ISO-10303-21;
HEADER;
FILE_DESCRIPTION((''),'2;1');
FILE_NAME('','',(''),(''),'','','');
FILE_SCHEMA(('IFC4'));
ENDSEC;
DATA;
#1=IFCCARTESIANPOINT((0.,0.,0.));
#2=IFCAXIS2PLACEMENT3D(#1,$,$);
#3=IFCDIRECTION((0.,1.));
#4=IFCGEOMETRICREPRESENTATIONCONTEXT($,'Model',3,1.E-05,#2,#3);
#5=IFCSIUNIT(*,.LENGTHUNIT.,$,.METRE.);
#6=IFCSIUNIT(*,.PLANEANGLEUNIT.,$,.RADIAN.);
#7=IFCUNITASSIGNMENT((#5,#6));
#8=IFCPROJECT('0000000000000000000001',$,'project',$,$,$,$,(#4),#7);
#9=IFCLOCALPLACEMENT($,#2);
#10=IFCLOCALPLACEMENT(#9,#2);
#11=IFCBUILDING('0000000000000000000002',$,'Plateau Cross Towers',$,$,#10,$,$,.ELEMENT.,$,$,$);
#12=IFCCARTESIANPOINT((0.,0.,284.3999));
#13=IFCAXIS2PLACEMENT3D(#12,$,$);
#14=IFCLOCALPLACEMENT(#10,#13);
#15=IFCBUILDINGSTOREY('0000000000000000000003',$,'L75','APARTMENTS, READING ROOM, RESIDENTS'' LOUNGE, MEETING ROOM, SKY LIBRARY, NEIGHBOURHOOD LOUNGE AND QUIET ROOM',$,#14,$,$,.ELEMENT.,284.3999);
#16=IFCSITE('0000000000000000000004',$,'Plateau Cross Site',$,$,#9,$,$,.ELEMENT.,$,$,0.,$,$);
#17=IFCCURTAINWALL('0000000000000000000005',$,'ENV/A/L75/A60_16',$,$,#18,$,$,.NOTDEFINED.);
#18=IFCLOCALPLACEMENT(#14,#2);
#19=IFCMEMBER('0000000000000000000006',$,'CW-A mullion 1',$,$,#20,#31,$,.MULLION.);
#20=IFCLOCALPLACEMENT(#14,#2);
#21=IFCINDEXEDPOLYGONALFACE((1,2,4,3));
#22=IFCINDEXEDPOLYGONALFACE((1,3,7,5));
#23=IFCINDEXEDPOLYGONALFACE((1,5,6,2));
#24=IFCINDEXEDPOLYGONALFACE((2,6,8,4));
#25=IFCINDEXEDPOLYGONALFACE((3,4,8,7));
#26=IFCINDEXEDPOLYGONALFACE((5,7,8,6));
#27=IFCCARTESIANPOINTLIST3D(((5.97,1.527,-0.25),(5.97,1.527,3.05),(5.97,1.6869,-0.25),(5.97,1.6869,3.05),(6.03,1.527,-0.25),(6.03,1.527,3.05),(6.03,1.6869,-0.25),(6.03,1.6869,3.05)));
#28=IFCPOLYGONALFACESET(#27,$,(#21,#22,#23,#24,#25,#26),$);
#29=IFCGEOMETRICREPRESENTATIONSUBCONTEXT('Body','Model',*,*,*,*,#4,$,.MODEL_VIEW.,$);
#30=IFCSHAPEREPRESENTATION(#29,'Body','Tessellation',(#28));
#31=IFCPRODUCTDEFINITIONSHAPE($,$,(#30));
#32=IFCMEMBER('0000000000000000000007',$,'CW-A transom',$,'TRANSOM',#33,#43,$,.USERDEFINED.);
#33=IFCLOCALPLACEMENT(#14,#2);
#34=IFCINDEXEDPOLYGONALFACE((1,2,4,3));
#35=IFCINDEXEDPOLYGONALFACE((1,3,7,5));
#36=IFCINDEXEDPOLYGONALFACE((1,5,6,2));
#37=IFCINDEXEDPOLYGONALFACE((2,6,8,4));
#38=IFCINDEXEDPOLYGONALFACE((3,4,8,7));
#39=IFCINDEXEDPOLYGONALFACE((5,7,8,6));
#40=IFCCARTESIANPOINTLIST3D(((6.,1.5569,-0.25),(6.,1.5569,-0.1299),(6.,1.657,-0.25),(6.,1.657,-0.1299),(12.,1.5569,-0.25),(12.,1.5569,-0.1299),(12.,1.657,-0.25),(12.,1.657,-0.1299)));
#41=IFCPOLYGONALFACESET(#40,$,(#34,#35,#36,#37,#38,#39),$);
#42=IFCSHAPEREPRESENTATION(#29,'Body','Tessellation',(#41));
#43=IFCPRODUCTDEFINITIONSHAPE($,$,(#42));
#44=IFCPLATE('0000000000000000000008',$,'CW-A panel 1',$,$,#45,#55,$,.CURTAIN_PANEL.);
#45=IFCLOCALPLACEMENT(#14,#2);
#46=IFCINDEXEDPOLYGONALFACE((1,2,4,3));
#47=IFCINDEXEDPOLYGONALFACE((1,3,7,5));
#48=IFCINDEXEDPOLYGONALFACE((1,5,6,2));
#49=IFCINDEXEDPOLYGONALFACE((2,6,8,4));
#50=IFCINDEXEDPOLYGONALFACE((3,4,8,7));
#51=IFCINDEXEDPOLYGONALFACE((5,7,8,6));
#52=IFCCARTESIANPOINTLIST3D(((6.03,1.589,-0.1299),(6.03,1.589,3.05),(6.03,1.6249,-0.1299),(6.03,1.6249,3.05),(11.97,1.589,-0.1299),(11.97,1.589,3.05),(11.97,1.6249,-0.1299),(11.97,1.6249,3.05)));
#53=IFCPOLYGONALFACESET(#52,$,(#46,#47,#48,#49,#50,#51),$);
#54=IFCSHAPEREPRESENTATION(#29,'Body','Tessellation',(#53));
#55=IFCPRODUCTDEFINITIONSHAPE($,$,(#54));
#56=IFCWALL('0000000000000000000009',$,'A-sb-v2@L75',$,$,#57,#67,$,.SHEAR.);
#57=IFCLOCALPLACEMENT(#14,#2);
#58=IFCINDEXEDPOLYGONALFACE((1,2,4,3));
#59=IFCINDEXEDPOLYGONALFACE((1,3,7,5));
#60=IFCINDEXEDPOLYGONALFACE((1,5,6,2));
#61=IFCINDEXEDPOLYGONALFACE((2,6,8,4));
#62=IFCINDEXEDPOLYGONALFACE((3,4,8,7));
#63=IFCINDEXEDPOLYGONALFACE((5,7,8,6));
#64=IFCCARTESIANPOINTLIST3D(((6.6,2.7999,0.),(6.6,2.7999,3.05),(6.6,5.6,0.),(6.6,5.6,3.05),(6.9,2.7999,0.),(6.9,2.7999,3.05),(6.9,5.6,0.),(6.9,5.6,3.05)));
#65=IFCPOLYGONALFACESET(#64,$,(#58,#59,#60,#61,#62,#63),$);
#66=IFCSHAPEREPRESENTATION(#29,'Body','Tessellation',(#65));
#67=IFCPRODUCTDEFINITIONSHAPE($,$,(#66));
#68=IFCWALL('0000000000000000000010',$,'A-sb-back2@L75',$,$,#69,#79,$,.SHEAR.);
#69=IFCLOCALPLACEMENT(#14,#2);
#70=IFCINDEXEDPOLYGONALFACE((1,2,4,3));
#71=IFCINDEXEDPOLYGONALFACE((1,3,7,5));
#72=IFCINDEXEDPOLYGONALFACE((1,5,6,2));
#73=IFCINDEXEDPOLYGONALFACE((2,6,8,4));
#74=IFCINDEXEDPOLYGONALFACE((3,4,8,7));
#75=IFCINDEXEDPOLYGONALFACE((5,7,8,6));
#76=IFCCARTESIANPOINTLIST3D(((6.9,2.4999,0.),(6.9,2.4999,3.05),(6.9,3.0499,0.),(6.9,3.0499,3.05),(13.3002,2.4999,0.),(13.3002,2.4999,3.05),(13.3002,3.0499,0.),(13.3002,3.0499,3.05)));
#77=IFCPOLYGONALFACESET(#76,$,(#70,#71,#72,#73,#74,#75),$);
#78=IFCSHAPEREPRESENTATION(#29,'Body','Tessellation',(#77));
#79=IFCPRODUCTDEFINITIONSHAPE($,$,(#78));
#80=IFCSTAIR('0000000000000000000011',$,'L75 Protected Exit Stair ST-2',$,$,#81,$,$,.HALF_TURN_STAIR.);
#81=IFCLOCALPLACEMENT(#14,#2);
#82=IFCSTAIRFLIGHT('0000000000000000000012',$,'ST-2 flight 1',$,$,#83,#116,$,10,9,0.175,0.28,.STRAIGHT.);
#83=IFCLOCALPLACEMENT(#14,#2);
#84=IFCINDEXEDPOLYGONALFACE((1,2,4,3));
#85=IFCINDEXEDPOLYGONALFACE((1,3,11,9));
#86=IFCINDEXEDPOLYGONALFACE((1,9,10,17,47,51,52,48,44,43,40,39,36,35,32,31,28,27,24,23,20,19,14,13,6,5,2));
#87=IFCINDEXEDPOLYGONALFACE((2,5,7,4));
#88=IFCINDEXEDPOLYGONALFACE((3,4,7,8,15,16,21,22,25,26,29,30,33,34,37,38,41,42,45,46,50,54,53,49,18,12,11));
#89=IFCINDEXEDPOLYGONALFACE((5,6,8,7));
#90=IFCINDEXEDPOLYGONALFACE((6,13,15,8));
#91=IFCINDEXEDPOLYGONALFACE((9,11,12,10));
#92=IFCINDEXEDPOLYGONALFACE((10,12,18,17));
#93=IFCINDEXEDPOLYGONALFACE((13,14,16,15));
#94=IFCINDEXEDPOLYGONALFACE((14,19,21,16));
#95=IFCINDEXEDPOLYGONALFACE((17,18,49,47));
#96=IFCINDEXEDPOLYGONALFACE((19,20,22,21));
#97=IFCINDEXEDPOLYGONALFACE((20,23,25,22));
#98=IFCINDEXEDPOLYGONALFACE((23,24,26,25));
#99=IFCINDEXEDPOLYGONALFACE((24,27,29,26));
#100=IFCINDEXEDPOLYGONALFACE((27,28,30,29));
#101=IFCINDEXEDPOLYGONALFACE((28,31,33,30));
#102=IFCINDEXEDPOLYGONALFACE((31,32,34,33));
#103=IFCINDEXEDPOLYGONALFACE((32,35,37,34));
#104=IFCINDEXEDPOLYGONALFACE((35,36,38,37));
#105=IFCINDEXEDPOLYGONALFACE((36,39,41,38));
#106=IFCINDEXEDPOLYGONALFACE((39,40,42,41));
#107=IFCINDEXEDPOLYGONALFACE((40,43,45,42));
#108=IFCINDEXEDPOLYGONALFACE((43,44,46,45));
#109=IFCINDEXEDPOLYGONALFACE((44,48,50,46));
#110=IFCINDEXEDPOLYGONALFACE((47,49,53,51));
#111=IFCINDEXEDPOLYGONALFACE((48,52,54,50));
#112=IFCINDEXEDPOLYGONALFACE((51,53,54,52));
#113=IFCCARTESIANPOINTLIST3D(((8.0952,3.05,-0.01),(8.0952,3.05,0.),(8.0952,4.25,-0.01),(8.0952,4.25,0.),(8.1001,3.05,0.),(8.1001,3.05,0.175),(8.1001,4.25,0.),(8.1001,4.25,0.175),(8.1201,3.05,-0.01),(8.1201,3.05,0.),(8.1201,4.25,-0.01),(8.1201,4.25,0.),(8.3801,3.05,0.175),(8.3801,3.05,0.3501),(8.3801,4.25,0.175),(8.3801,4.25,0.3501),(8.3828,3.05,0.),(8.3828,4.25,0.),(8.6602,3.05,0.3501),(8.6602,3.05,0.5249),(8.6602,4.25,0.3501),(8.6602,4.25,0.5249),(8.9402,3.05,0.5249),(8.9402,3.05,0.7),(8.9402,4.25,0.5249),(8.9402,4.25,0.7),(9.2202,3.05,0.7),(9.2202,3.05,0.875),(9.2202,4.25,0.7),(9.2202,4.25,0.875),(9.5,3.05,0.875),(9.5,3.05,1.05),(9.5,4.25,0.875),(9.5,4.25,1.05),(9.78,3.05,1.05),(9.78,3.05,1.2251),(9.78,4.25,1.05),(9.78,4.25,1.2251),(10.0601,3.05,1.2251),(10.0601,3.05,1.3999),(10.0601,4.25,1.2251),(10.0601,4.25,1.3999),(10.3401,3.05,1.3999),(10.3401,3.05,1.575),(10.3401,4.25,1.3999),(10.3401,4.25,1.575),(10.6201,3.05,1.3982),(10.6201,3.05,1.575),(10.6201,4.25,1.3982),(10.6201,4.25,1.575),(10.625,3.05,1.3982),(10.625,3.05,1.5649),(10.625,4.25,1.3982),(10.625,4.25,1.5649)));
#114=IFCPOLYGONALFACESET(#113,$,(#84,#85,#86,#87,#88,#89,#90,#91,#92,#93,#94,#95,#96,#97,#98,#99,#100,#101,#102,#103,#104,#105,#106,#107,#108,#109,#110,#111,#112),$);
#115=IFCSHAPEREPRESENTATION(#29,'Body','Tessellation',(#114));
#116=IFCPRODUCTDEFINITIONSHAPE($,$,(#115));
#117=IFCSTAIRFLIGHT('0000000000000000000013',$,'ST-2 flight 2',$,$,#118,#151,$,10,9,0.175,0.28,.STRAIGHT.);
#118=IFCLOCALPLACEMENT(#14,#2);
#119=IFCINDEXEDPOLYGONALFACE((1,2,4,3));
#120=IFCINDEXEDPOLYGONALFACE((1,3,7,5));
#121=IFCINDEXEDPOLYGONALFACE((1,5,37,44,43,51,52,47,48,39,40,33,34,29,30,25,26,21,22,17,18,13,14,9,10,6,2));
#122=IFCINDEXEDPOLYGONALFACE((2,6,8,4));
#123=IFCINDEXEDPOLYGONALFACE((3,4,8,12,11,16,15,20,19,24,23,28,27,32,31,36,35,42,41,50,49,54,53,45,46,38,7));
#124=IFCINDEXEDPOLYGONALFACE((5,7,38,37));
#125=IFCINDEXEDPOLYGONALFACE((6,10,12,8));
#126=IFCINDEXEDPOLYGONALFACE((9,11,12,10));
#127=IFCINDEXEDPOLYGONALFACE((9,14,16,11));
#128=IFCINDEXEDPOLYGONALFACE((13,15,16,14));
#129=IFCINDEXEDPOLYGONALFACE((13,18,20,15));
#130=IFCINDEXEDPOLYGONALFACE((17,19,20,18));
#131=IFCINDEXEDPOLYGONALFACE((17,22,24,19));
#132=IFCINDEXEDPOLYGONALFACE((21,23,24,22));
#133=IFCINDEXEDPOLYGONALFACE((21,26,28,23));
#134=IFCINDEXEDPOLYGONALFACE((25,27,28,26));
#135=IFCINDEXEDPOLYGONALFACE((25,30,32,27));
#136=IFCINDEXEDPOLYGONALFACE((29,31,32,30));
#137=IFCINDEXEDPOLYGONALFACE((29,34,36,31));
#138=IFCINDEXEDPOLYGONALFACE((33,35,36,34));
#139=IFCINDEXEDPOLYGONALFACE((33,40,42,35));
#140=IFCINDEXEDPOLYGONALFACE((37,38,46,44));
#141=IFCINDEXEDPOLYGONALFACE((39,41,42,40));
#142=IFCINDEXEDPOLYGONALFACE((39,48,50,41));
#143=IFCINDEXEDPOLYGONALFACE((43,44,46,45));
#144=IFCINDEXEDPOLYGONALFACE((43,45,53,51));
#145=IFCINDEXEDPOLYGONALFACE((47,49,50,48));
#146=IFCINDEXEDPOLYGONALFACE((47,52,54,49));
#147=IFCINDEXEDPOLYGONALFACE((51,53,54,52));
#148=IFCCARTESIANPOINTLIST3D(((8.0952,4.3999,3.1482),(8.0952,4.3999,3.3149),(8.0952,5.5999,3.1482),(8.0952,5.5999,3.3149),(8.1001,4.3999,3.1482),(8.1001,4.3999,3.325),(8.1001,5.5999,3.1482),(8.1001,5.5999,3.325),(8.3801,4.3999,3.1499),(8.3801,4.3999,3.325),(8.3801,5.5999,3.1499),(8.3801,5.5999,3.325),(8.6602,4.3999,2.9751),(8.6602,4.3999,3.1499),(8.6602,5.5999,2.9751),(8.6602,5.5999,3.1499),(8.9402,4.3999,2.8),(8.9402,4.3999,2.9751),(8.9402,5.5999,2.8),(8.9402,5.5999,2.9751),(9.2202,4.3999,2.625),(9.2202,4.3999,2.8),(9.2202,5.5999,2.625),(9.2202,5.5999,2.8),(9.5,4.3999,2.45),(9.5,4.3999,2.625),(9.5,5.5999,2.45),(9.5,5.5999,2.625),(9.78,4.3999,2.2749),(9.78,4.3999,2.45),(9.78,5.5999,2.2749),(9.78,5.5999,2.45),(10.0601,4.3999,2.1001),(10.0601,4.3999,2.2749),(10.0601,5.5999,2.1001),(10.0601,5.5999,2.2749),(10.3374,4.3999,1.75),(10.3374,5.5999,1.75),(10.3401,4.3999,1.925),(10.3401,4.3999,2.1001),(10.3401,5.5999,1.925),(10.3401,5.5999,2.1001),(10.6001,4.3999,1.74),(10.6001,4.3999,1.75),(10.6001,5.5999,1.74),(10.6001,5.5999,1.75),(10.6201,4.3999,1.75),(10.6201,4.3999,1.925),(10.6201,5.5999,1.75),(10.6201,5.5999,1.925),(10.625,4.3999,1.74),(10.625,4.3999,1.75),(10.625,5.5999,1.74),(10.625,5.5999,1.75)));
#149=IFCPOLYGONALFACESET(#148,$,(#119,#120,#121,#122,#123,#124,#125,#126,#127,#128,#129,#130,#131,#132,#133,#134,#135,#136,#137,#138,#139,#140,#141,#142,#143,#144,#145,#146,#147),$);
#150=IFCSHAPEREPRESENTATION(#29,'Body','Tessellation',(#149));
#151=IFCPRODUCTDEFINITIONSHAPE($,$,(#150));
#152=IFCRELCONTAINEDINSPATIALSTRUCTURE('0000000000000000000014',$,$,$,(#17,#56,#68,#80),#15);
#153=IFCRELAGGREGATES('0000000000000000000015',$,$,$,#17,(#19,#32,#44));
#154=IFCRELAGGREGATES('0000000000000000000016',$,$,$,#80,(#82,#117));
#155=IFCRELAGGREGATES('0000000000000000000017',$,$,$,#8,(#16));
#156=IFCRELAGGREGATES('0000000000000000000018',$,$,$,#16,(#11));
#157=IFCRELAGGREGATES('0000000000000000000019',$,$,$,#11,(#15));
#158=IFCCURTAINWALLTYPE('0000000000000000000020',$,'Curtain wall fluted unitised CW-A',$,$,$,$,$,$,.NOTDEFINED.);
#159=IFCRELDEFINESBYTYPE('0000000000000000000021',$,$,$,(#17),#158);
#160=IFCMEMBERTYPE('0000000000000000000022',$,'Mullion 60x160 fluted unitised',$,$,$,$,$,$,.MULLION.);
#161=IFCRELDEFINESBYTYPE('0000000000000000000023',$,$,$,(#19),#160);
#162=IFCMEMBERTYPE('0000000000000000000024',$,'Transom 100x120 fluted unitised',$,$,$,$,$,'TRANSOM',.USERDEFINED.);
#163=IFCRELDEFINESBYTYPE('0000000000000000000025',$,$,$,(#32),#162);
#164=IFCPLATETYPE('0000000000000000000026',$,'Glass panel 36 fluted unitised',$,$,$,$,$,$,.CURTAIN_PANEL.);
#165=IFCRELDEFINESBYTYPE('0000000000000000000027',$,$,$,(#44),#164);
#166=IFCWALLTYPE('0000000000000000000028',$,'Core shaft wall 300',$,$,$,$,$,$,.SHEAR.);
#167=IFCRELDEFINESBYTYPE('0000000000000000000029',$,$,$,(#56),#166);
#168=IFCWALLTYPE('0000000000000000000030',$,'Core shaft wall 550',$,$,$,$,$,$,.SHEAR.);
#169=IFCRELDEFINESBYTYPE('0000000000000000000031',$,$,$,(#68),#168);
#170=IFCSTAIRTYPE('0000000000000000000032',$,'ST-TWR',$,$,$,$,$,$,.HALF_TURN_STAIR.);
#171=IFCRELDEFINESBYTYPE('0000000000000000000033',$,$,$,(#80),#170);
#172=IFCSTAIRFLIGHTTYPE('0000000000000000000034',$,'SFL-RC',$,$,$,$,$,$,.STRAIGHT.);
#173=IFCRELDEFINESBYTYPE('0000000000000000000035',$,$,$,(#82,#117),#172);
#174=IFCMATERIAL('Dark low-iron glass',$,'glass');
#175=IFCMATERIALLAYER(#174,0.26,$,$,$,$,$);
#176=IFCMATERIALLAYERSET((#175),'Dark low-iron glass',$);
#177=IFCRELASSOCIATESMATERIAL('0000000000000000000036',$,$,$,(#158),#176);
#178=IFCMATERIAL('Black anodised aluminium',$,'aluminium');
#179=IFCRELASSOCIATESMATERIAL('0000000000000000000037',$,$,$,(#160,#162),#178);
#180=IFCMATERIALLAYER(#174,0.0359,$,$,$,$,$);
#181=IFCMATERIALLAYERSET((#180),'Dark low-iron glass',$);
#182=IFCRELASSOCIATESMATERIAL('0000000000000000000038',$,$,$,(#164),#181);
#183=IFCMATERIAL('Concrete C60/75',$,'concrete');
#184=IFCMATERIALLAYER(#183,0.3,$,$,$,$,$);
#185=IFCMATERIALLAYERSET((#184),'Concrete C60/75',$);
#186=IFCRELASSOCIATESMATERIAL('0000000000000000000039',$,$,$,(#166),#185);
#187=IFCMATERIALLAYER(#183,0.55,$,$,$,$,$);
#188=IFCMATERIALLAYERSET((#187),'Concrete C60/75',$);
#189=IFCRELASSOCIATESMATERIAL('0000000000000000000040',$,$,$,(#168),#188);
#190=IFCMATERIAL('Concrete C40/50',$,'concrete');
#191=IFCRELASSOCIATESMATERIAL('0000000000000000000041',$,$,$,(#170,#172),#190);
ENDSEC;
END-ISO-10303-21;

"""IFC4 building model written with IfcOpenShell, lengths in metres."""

from ifc_helpers import new_model, si_unit, direction, frame, frame_2d, origin, origin_2d, place, context, subcontext, project, spatial, polyline, rectangle, outline, extrude, material, layer, layer_set, material_profile, profile_set, type_object, element, aggregate, save


model = new_model("IFC4")

# Units and contexts
model_context = context("Model", 3, precision=1e-05, world=origin(), true_north=direction((0.0, 1.0)))
body_context = subcontext(model_context, "Body", "Model", "MODEL_VIEW")
ifc_project = project(units=[si_unit("LENGTHUNIT", "METRE"), si_unit("PLANEANGLEUNIT", "RADIAN")], contexts=[model_context])

# Site, building, storey
site_placement = place(None, origin())
site = spatial("IfcSite", under=ifc_project, at=site_placement, Name="Plateau Cross Site", CompositionType="ELEMENT", RefElevation=0.0)
building_placement = place(site_placement, origin())
building = spatial("IfcBuilding", under=site, at=building_placement, Name="Plateau Cross Towers", CompositionType="ELEMENT")
storey_placement = place(building_placement, frame((0.0, 0.0, 284.3999)))
storey = spatial("IfcBuildingStorey", under=building, at=storey_placement, Name="L75", Description="APARTMENTS, READING ROOM, RESIDENTS' LOUNGE, MEETING ROOM, SKY LIBRARY, NEIGHBOURHOOD LOUNGE AND QUIET ROOM", CompositionType="ELEMENT", Elevation=284.3999)

# Curtain wall, members, plate
ifc_material_1 = material(Name="Dark low-iron glass", Category="glass")
ifc_layer_1 = layer(ifc_material_1, 0.26)
ifc_layer_set_1 = layer_set([ifc_layer_1], Name="Dark low-iron glass")
curtain_wall_type = type_object("IfcCurtainWallType", Name="Curtain wall fluted unitised CW-A", PredefinedType="NOTDEFINED", material=ifc_layer_set_1)
curtain_wall_placement = place(storey_placement, origin())
curtain_wall = element("IfcCurtainWall", 1, at=curtain_wall_placement, inside=storey, type_object=curtain_wall_type, Name="ENV/A/L75/A60_16", PredefinedType="NOTDEFINED")
ifc_material_2 = material(Name="Black anodised aluminium", Category="aluminium")
ifc_material_profile_1 = material_profile(ifc_material_2, rectangle(XDim=0.0601, YDim=0.1599, at=origin_2d()), Name="MULLION 60x160")
ifc_profile_set_1 = profile_set([ifc_material_profile_1], Name="Black anodised aluminium")
member_type_1 = type_object("IfcMemberType", Name="Mullion 60x160 fluted unitised", PredefinedType="MULLION", material=ifc_profile_set_1)
member_1_placement = place(storey_placement, frame((6.0, 1.6069, -0.25), z_axis=(0.0, 0.0, 1.0), x_axis=(1.0, 0.0, 0.0)))
member_1 = element("IfcMember", 2, at=member_1_placement, type_object=member_type_1, Name="CW-A mullion 1", PredefinedType="MULLION", context=body_context, shape_type="SweptSolid", body=[
    extrude(rectangle(XDim=0.0601, YDim=0.1599, at=origin_2d()), origin(), (0.0, 0.0, 1.0), 3.3),
])
ifc_material_profile_2 = material_profile(ifc_material_2, rectangle(XDim=0.1001, YDim=0.1201, at=origin_2d()), Name="TRANSOM 100x120")
ifc_profile_set_2 = profile_set([ifc_material_profile_2], Name="Black anodised aluminium")
member_type_2 = type_object("IfcMemberType", Name="Transom 100x120 fluted unitised", ElementType="TRANSOM", PredefinedType="USERDEFINED", material=ifc_profile_set_2)
member_2_placement = place(storey_placement, frame((6.0, 1.6069, -0.1899), z_axis=(1.0, 0.0, 0.0), x_axis=(0.0, 1.0, 0.0)))
member_2 = element("IfcMember", 3, at=member_2_placement, type_object=member_type_2, Name="CW-A transom", ObjectType="TRANSOM", PredefinedType="USERDEFINED", context=body_context, shape_type="SweptSolid", body=[
    extrude(rectangle(XDim=0.1001, YDim=0.1201, at=origin_2d()), origin(), (0.0, 0.0, 1.0), 6.0),
])
ifc_layer_2 = layer(ifc_material_1, 0.0359)
ifc_layer_set_2 = layer_set([ifc_layer_2], Name="Dark low-iron glass")
plate_type = type_object("IfcPlateType", Name="Glass panel 36 fluted unitised", PredefinedType="CURTAIN_PANEL", material=ifc_layer_set_2)
plate_placement = place(storey_placement, frame((9.0, 1.6069, -0.1299), z_axis=(0.0, 0.0, 1.0), x_axis=(1.0, 0.0, 0.0)))
plate = element("IfcPlate", 4, at=plate_placement, type_object=plate_type, Name="CW-A panel 1", PredefinedType="CURTAIN_PANEL", context=body_context, shape_type="SweptSolid", body=[
    extrude(rectangle(XDim=5.9399, YDim=0.0359, at=origin_2d()), origin(), (0.0, 0.0, 1.0), 3.1799),
])
aggregate(curtain_wall, [member_1, member_2, plate])

# Walls
ifc_material_3 = material(Name="Concrete C60/75", Category="concrete")
ifc_layer_3 = layer(ifc_material_3, 0.3)
ifc_layer_set_3 = layer_set([ifc_layer_3], Name="Concrete C60/75")
wall_type_1 = type_object("IfcWallType", Name="Core shaft wall 300", PredefinedType="SHEAR", material=ifc_layer_set_3)
wall_1_placement = place(storey_placement, frame((6.75, 2.8, 0.0), z_axis=(0.0, 0.0, 1.0), x_axis=(0.0, 1.0, 0.0)))
element("IfcWall", 5, at=wall_1_placement, inside=storey, type_object=wall_type_1, Name="A-sb-v2@L75", PredefinedType="SHEAR", context=body_context, shape_type="SweptSolid", body=[
    extrude(rectangle(XDim=2.8, YDim=0.3, at=frame_2d((1.3999, 0.0))), origin(), (0.0, 0.0, 1.0), 3.05),
])
ifc_layer_4 = layer(ifc_material_3, 0.55)
ifc_layer_set_4 = layer_set([ifc_layer_4], Name="Concrete C60/75")
wall_type_2 = type_object("IfcWallType", Name="Core shaft wall 550", PredefinedType="SHEAR", material=ifc_layer_set_4)
wall_2_placement = place(storey_placement, frame((6.8999, 2.7749, 0.0), z_axis=(0.0, 0.0, 1.0), x_axis=(1.0, 0.0, 0.0)))
element("IfcWall", 6, at=wall_2_placement, inside=storey, type_object=wall_type_2, Name="A-sb-back2@L75", PredefinedType="SHEAR", context=body_context, shape_type="SweptSolid", body=[
    extrude(rectangle(XDim=6.4001, YDim=0.55, at=frame_2d((3.2002, 0.0))), origin(), (0.0, 0.0, 1.0), 3.05),
])

# Stair, stair flights
ifc_material_4 = material(Name="Concrete C40/50", Category="concrete")
stair_type = type_object("IfcStairType", Name="ST-TWR", PredefinedType="HALF_TURN_STAIR", material=ifc_material_4)
stair_placement = place(storey_placement, origin())
stair = element("IfcStair", 7, at=stair_placement, inside=storey, type_object=stair_type, Name="L75 Protected Exit Stair ST-2", PredefinedType="HALF_TURN_STAIR")
stair_flight_type = type_object("IfcStairFlightType", Name="SFL-RC", PredefinedType="STRAIGHT", material=ifc_material_4)
stair_flight_1_placement = place(storey_placement, frame((8.1001, 3.6499, 0.0), z_axis=(0.0, 0.0, 1.0), x_axis=(1.0, 0.0, 0.0)))
stair_flight_1 = element("IfcStairFlight", 8, at=stair_flight_1_placement, type_object=stair_flight_type, Name="ST-2 flight 1", NumberOfRisers=10, NumberOfTreads=9, PredefinedType="STRAIGHT", RiserHeight=0.175, TreadLength=0.28, context=body_context, shape_type="SweptSolid", body=[
    extrude(outline(polyline([(-0.0049, -0.01), (-0.0049, 0.0), (0.0, 0.0), (0.0, 0.175), (0.28, 0.175), (0.28, 0.3501), (0.5601, 0.3501), (0.5601, 0.5249), (0.8401, 0.5249), (0.8401, 0.7), (1.1201, 0.7), (1.1201, 0.875), (1.3999, 0.875), (1.3999, 1.05), (1.6799, 1.05), (1.6799, 1.2251), (1.96, 1.2251), (1.96, 1.3999), (2.24, 1.3999), (2.24, 1.575), (2.52, 1.575), (2.5249, 1.5649), (2.5249, 1.3982), (2.52, 1.3982), (0.2827, 0.0), (0.02, 0.0), (0.02, -0.01), (-0.0049, -0.01)])), frame((0.0, 0.6001, 0.0), z_axis=(0.0, -1.0, 0.0), x_axis=(1.0, 0.0, 0.0)), (0.0, 0.0, 1.0), 1.2),
])
stair_flight_2_placement = place(storey_placement, frame((10.6201, 5.0, 1.75), z_axis=(0.0, 0.0, 1.0), x_axis=(-1.0, 0.0, 0.0)))
stair_flight_2 = element("IfcStairFlight", 9, at=stair_flight_2_placement, type_object=stair_flight_type, Name="ST-2 flight 2", NumberOfRisers=10, NumberOfTreads=9, PredefinedType="STRAIGHT", RiserHeight=0.175, TreadLength=0.28, context=body_context, shape_type="SweptSolid", body=[
    extrude(outline(polyline([(-0.0049, -0.01), (-0.0049, 0.0), (0.0, 0.0), (0.0, 0.175), (0.28, 0.175), (0.28, 0.3501), (0.5601, 0.3501), (0.5601, 0.5249), (0.8401, 0.5249), (0.8401, 0.7), (1.1201, 0.7), (1.1201, 0.875), (1.3999, 0.875), (1.3999, 1.05), (1.6799, 1.05), (1.6799, 1.2251), (1.96, 1.2251), (1.96, 1.3999), (2.24, 1.3999), (2.24, 1.575), (2.52, 1.575), (2.5249, 1.5649), (2.5249, 1.3982), (2.52, 1.3982), (0.2827, 0.0), (0.02, 0.0), (0.02, -0.01), (-0.0049, -0.01)])), frame((0.0, 0.6001, 0.0), z_axis=(0.0, -1.0, 0.0), x_axis=(1.0, 0.0, 0.0)), (0.0, 0.0, 1.0), 1.2),
])
aggregate(stair, [stair_flight_1, stair_flight_2])

save(model, "model.ifc")
